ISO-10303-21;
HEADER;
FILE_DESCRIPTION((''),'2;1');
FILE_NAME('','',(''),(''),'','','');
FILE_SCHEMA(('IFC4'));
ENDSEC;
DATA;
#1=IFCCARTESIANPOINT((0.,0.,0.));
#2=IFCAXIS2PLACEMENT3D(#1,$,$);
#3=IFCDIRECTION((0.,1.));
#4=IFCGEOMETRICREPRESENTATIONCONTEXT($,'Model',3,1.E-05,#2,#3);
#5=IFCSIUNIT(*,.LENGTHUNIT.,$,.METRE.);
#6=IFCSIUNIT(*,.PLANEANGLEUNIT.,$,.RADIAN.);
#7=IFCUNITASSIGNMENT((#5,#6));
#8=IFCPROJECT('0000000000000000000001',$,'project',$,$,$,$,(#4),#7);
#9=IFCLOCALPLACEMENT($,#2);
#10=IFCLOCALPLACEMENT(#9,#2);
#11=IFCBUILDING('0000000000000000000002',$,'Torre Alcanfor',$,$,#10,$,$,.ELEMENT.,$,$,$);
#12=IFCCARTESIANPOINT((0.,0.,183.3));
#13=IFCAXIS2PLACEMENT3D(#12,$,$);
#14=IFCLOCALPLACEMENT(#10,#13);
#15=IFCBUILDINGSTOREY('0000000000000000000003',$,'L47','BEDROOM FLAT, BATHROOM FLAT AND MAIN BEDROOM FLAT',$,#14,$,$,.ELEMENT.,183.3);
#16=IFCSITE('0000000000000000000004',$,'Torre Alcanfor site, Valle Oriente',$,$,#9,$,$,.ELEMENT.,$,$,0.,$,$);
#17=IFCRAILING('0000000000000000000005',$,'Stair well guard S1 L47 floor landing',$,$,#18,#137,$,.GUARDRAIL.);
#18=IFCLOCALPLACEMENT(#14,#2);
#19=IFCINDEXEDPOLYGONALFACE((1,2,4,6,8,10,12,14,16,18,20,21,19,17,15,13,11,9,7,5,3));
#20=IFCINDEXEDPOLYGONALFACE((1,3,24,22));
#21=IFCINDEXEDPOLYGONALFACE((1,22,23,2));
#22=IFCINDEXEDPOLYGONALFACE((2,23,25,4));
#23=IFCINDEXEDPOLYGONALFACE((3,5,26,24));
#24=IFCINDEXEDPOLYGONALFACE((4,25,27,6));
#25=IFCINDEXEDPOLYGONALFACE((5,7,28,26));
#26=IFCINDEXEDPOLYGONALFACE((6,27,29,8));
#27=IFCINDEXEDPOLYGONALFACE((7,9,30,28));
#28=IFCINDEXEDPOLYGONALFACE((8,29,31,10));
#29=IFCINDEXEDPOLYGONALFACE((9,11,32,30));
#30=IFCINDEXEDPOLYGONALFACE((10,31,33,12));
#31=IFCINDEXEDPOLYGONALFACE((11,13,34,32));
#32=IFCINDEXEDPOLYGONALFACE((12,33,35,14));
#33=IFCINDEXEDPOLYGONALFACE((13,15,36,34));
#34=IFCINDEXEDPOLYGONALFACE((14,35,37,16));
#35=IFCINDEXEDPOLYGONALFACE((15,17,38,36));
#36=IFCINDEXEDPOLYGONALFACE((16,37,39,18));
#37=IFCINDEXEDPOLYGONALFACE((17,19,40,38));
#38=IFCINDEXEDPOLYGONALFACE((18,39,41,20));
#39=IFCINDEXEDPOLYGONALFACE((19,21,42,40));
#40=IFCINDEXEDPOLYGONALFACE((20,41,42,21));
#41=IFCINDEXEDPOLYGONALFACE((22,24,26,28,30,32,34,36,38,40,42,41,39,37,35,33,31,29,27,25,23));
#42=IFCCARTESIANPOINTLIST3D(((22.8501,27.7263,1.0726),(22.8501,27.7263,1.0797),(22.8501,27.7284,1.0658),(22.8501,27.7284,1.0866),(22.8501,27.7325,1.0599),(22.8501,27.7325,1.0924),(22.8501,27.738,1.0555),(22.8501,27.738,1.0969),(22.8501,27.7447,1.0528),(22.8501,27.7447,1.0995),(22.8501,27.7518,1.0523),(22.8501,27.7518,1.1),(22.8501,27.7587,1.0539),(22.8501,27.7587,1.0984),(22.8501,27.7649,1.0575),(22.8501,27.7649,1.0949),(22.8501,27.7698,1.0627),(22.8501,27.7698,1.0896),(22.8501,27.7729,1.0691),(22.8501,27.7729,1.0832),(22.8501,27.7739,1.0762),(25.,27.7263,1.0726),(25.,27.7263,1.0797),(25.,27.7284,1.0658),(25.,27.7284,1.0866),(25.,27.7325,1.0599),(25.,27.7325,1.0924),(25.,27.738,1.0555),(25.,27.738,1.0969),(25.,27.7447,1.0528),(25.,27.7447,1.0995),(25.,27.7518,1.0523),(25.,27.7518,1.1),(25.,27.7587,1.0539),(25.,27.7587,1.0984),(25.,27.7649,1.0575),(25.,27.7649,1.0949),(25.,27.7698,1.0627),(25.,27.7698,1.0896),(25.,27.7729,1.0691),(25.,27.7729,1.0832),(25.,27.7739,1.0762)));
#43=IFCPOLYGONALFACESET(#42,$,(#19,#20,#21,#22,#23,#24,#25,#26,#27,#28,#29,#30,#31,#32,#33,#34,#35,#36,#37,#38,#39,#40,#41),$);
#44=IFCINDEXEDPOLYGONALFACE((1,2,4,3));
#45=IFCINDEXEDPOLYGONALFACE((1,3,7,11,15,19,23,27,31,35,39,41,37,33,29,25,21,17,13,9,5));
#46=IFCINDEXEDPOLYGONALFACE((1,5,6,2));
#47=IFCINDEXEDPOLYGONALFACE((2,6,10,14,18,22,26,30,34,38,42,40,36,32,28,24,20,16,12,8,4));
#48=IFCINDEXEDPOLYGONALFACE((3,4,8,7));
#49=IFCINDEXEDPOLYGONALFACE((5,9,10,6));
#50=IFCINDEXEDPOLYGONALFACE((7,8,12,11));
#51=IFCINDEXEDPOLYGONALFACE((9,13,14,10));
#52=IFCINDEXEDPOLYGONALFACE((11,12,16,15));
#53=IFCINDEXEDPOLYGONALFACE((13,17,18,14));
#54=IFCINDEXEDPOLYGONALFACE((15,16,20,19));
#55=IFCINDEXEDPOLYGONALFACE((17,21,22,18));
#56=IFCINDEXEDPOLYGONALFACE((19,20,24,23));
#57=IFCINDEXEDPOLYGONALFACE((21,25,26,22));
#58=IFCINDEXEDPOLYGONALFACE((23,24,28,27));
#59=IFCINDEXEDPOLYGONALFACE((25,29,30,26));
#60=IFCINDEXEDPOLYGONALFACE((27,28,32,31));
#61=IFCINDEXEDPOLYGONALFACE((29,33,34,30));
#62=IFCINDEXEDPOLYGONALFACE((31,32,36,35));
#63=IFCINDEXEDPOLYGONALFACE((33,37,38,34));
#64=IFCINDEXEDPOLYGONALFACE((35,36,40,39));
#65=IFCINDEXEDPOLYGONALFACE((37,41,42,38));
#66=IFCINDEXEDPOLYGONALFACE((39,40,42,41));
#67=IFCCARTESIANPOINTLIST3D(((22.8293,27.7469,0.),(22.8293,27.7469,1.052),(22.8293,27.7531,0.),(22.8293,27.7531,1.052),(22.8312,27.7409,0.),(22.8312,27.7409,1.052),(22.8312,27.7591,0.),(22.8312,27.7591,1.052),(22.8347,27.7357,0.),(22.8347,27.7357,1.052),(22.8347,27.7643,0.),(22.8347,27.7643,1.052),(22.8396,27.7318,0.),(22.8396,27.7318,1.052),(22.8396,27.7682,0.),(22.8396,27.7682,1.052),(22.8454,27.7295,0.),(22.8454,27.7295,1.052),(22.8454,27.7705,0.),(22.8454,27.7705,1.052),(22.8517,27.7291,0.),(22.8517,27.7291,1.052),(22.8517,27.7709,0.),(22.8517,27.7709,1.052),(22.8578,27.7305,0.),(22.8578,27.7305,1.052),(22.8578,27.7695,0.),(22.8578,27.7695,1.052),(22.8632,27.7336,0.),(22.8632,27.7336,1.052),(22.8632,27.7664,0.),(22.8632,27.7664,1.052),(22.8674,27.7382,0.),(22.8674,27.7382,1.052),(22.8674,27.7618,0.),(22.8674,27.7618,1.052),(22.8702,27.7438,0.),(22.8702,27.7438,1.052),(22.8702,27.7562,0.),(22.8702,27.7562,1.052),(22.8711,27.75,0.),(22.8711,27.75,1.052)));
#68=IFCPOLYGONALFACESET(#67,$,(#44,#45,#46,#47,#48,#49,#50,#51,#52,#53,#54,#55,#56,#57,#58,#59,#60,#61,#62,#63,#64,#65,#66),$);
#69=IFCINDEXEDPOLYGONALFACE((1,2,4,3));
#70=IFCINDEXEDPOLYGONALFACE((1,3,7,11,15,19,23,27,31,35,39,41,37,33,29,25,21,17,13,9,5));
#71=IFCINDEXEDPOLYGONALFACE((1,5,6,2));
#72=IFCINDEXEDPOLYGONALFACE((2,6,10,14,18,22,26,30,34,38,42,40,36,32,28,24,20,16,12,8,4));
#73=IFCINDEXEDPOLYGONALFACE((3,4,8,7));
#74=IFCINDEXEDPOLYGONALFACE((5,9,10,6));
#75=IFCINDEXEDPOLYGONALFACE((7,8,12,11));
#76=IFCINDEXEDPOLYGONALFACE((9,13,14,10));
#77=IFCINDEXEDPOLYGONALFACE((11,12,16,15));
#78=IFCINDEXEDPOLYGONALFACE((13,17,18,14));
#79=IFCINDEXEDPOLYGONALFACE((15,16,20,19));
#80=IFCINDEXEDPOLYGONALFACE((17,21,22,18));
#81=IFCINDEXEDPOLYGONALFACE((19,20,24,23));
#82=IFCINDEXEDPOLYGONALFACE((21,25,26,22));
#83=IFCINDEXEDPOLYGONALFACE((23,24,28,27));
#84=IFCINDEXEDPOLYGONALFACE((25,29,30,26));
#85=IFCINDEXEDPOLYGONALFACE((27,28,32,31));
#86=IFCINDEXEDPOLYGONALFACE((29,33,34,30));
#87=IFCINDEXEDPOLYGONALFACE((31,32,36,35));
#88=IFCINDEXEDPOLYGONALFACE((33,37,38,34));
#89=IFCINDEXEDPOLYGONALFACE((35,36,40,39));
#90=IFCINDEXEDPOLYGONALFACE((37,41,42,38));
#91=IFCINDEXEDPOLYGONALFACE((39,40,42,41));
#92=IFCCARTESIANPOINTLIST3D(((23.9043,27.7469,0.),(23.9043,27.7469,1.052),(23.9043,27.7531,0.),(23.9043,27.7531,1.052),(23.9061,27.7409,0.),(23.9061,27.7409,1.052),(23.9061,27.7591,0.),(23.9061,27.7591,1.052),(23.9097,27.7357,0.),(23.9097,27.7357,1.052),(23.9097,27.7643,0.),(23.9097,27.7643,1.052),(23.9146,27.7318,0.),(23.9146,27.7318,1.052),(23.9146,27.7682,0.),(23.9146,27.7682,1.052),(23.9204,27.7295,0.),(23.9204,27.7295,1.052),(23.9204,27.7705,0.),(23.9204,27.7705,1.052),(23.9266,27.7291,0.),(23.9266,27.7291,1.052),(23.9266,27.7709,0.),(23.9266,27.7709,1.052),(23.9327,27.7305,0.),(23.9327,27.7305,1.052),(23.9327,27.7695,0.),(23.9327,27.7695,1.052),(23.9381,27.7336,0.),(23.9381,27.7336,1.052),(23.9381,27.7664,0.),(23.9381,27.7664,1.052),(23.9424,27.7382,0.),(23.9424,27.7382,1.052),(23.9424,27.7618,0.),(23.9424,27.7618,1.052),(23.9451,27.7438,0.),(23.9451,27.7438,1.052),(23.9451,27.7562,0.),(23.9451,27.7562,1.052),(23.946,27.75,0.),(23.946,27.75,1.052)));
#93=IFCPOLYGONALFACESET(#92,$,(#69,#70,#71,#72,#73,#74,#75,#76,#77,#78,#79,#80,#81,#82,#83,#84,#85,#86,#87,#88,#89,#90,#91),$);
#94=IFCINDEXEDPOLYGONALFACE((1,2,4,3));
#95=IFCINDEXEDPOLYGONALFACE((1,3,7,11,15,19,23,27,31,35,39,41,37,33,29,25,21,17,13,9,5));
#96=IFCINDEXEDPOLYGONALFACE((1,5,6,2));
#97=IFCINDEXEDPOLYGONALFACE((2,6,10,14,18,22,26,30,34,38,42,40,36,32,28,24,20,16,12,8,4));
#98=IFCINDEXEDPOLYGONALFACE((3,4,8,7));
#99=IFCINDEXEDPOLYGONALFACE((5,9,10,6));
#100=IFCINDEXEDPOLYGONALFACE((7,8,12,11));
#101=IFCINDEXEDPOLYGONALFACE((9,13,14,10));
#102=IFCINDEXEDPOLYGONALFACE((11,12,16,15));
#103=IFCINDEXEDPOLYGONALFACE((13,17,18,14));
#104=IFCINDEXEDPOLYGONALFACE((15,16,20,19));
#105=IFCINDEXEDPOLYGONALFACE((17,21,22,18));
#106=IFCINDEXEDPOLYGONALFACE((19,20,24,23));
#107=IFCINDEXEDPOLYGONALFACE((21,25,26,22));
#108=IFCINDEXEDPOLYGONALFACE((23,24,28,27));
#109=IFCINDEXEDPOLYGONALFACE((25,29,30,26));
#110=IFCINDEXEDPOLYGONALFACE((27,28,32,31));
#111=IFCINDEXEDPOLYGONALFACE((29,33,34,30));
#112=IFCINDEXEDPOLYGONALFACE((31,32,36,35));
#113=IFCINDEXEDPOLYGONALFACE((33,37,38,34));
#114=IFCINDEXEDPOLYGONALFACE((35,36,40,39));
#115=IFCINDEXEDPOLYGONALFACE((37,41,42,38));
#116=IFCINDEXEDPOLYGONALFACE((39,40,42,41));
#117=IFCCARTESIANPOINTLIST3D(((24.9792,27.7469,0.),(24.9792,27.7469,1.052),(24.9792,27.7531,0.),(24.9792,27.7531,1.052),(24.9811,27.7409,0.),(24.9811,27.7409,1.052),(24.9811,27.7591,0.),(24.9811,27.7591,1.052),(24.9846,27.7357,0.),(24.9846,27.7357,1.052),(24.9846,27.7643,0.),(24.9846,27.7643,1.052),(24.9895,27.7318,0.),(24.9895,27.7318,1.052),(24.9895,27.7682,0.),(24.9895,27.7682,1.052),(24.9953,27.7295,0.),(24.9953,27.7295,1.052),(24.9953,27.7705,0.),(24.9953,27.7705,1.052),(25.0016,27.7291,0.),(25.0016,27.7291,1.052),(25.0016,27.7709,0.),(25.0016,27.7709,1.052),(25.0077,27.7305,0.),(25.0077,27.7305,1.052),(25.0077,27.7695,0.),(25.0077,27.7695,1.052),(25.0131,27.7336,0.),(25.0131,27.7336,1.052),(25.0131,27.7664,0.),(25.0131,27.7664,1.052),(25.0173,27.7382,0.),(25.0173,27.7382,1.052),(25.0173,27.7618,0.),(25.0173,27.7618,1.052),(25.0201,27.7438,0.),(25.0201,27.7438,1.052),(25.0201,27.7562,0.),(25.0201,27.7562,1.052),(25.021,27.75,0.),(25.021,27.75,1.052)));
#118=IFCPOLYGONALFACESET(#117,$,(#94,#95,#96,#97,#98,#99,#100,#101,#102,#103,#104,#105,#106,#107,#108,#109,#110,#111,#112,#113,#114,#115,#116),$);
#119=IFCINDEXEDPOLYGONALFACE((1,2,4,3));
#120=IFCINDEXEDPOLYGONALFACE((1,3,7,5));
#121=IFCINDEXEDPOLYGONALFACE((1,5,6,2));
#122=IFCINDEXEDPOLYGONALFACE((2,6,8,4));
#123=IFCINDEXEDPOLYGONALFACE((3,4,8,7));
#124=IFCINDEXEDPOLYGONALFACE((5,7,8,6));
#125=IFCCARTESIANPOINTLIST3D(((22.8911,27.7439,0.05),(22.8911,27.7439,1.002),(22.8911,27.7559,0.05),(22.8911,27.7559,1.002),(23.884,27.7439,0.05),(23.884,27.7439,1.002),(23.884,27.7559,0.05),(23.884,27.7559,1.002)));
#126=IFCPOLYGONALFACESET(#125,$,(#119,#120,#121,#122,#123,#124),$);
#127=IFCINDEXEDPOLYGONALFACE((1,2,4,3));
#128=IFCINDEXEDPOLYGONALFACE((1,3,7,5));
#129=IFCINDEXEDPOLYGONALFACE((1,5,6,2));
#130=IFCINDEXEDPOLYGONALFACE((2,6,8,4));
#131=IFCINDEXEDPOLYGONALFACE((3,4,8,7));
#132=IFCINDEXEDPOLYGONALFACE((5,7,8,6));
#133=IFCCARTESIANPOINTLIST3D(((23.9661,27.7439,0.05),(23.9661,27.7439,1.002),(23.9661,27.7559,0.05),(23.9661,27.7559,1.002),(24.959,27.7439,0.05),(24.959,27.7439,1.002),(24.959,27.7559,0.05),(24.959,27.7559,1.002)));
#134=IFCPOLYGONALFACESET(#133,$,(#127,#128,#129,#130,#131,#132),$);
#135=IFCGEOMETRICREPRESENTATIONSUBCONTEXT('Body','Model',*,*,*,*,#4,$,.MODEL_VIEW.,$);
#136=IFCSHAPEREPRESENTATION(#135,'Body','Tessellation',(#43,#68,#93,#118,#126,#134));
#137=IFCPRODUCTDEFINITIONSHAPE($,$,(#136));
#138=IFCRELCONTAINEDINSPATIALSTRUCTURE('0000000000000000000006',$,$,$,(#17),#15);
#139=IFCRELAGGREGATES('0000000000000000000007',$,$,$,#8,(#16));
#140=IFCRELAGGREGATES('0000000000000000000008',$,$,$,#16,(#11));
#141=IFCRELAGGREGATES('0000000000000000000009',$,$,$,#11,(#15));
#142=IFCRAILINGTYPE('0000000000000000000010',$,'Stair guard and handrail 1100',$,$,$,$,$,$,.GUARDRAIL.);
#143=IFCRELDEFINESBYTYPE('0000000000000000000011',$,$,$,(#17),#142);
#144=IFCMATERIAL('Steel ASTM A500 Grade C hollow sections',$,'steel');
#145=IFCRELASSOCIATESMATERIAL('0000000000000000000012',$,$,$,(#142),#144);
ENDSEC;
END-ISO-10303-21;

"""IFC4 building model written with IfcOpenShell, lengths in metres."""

from ifc_helpers import new_model, si_unit, direction, frame, origin, origin_2d, place, context, subcontext, project, spatial, polyline, circle, outline, extrude, material, type_object, element, save


model = new_model("IFC4")

# Units and contexts
model_context = context("Model", 3, precision=1e-05, world=origin(), true_north=direction((0.0, 1.0)))
body_context = subcontext(model_context, "Body", "Model", "MODEL_VIEW")
ifc_project = project(units=[si_unit("LENGTHUNIT", "METRE"), si_unit("PLANEANGLEUNIT", "RADIAN")], contexts=[model_context])

# Site, building, storey
site_placement = place(None, origin())
site = spatial("IfcSite", under=ifc_project, at=site_placement, Name="Torre Alcanfor site, Valle Oriente", CompositionType="ELEMENT", RefElevation=0.0)
building_placement = place(site_placement, origin())
building = spatial("IfcBuilding", under=site, at=building_placement, Name="Torre Alcanfor", CompositionType="ELEMENT")
storey_placement = place(building_placement, frame((0.0, 0.0, 183.3)))
storey = spatial("IfcBuildingStorey", under=building, at=storey_placement, Name="L47", Description="BEDROOM FLAT, BATHROOM FLAT AND MAIN BEDROOM FLAT", CompositionType="ELEMENT", Elevation=183.3)

# Railing
ifc_material_1 = material(Name="Steel ASTM A500 Grade C hollow sections", Category="steel")
railing_type = type_object("IfcRailingType", Name="Stair guard and handrail 1100", PredefinedType="GUARDRAIL", material=ifc_material_1)
railing_placement = place(storey_placement, frame((22.8501, 27.75, 0.0)))
element("IfcRailing", 1, at=railing_placement, inside=storey, type_object=railing_type, Name="Stair well guard S1 L47 floor landing", PredefinedType="GUARDRAIL", context=body_context, shape_type="SweptSolid", body=[
    extrude(circle(Radius=0.0239, at=origin_2d()), frame((0.0, 0.0, 1.0762), z_axis=(1.0, 0.0, 0.0), x_axis=(0.0, 1.0, 0.0)), (0.0, 0.0, 1.0), 2.1499),
    extrude(circle(Radius=0.021, at=origin_2d()), origin(), (0.0, 0.0, 1.0), 1.052),
    extrude(circle(Radius=0.021, at=origin_2d()), frame((1.075, 0.0, 0.0)), (0.0, 0.0, 1.0), 1.052),
    extrude(circle(Radius=0.021, at=origin_2d()), frame((2.1499, 0.0, 0.0)), (0.0, 0.0, 1.0), 1.052),
    extrude(outline(polyline([(0.041, 0.05), (1.0339, 0.05), (1.0339, 1.002), (0.041, 1.002), (0.041, 0.05)])), frame((0.0, 0.0059, 0.0), z_axis=(0.0, -1.0, 0.0), x_axis=(1.0, 0.0, 0.0)), (0.0, 0.0, 1.0), 0.012),
    extrude(outline(polyline([(1.116, 0.05), (2.1089, 0.05), (2.1089, 1.002), (1.116, 1.002), (1.116, 0.05)])), frame((0.0, 0.0059, 0.0), z_axis=(0.0, -1.0, 0.0), x_axis=(1.0, 0.0, 0.0)), (0.0, 0.0, 1.0), 0.012),
])

save(model, "model.ifc")
